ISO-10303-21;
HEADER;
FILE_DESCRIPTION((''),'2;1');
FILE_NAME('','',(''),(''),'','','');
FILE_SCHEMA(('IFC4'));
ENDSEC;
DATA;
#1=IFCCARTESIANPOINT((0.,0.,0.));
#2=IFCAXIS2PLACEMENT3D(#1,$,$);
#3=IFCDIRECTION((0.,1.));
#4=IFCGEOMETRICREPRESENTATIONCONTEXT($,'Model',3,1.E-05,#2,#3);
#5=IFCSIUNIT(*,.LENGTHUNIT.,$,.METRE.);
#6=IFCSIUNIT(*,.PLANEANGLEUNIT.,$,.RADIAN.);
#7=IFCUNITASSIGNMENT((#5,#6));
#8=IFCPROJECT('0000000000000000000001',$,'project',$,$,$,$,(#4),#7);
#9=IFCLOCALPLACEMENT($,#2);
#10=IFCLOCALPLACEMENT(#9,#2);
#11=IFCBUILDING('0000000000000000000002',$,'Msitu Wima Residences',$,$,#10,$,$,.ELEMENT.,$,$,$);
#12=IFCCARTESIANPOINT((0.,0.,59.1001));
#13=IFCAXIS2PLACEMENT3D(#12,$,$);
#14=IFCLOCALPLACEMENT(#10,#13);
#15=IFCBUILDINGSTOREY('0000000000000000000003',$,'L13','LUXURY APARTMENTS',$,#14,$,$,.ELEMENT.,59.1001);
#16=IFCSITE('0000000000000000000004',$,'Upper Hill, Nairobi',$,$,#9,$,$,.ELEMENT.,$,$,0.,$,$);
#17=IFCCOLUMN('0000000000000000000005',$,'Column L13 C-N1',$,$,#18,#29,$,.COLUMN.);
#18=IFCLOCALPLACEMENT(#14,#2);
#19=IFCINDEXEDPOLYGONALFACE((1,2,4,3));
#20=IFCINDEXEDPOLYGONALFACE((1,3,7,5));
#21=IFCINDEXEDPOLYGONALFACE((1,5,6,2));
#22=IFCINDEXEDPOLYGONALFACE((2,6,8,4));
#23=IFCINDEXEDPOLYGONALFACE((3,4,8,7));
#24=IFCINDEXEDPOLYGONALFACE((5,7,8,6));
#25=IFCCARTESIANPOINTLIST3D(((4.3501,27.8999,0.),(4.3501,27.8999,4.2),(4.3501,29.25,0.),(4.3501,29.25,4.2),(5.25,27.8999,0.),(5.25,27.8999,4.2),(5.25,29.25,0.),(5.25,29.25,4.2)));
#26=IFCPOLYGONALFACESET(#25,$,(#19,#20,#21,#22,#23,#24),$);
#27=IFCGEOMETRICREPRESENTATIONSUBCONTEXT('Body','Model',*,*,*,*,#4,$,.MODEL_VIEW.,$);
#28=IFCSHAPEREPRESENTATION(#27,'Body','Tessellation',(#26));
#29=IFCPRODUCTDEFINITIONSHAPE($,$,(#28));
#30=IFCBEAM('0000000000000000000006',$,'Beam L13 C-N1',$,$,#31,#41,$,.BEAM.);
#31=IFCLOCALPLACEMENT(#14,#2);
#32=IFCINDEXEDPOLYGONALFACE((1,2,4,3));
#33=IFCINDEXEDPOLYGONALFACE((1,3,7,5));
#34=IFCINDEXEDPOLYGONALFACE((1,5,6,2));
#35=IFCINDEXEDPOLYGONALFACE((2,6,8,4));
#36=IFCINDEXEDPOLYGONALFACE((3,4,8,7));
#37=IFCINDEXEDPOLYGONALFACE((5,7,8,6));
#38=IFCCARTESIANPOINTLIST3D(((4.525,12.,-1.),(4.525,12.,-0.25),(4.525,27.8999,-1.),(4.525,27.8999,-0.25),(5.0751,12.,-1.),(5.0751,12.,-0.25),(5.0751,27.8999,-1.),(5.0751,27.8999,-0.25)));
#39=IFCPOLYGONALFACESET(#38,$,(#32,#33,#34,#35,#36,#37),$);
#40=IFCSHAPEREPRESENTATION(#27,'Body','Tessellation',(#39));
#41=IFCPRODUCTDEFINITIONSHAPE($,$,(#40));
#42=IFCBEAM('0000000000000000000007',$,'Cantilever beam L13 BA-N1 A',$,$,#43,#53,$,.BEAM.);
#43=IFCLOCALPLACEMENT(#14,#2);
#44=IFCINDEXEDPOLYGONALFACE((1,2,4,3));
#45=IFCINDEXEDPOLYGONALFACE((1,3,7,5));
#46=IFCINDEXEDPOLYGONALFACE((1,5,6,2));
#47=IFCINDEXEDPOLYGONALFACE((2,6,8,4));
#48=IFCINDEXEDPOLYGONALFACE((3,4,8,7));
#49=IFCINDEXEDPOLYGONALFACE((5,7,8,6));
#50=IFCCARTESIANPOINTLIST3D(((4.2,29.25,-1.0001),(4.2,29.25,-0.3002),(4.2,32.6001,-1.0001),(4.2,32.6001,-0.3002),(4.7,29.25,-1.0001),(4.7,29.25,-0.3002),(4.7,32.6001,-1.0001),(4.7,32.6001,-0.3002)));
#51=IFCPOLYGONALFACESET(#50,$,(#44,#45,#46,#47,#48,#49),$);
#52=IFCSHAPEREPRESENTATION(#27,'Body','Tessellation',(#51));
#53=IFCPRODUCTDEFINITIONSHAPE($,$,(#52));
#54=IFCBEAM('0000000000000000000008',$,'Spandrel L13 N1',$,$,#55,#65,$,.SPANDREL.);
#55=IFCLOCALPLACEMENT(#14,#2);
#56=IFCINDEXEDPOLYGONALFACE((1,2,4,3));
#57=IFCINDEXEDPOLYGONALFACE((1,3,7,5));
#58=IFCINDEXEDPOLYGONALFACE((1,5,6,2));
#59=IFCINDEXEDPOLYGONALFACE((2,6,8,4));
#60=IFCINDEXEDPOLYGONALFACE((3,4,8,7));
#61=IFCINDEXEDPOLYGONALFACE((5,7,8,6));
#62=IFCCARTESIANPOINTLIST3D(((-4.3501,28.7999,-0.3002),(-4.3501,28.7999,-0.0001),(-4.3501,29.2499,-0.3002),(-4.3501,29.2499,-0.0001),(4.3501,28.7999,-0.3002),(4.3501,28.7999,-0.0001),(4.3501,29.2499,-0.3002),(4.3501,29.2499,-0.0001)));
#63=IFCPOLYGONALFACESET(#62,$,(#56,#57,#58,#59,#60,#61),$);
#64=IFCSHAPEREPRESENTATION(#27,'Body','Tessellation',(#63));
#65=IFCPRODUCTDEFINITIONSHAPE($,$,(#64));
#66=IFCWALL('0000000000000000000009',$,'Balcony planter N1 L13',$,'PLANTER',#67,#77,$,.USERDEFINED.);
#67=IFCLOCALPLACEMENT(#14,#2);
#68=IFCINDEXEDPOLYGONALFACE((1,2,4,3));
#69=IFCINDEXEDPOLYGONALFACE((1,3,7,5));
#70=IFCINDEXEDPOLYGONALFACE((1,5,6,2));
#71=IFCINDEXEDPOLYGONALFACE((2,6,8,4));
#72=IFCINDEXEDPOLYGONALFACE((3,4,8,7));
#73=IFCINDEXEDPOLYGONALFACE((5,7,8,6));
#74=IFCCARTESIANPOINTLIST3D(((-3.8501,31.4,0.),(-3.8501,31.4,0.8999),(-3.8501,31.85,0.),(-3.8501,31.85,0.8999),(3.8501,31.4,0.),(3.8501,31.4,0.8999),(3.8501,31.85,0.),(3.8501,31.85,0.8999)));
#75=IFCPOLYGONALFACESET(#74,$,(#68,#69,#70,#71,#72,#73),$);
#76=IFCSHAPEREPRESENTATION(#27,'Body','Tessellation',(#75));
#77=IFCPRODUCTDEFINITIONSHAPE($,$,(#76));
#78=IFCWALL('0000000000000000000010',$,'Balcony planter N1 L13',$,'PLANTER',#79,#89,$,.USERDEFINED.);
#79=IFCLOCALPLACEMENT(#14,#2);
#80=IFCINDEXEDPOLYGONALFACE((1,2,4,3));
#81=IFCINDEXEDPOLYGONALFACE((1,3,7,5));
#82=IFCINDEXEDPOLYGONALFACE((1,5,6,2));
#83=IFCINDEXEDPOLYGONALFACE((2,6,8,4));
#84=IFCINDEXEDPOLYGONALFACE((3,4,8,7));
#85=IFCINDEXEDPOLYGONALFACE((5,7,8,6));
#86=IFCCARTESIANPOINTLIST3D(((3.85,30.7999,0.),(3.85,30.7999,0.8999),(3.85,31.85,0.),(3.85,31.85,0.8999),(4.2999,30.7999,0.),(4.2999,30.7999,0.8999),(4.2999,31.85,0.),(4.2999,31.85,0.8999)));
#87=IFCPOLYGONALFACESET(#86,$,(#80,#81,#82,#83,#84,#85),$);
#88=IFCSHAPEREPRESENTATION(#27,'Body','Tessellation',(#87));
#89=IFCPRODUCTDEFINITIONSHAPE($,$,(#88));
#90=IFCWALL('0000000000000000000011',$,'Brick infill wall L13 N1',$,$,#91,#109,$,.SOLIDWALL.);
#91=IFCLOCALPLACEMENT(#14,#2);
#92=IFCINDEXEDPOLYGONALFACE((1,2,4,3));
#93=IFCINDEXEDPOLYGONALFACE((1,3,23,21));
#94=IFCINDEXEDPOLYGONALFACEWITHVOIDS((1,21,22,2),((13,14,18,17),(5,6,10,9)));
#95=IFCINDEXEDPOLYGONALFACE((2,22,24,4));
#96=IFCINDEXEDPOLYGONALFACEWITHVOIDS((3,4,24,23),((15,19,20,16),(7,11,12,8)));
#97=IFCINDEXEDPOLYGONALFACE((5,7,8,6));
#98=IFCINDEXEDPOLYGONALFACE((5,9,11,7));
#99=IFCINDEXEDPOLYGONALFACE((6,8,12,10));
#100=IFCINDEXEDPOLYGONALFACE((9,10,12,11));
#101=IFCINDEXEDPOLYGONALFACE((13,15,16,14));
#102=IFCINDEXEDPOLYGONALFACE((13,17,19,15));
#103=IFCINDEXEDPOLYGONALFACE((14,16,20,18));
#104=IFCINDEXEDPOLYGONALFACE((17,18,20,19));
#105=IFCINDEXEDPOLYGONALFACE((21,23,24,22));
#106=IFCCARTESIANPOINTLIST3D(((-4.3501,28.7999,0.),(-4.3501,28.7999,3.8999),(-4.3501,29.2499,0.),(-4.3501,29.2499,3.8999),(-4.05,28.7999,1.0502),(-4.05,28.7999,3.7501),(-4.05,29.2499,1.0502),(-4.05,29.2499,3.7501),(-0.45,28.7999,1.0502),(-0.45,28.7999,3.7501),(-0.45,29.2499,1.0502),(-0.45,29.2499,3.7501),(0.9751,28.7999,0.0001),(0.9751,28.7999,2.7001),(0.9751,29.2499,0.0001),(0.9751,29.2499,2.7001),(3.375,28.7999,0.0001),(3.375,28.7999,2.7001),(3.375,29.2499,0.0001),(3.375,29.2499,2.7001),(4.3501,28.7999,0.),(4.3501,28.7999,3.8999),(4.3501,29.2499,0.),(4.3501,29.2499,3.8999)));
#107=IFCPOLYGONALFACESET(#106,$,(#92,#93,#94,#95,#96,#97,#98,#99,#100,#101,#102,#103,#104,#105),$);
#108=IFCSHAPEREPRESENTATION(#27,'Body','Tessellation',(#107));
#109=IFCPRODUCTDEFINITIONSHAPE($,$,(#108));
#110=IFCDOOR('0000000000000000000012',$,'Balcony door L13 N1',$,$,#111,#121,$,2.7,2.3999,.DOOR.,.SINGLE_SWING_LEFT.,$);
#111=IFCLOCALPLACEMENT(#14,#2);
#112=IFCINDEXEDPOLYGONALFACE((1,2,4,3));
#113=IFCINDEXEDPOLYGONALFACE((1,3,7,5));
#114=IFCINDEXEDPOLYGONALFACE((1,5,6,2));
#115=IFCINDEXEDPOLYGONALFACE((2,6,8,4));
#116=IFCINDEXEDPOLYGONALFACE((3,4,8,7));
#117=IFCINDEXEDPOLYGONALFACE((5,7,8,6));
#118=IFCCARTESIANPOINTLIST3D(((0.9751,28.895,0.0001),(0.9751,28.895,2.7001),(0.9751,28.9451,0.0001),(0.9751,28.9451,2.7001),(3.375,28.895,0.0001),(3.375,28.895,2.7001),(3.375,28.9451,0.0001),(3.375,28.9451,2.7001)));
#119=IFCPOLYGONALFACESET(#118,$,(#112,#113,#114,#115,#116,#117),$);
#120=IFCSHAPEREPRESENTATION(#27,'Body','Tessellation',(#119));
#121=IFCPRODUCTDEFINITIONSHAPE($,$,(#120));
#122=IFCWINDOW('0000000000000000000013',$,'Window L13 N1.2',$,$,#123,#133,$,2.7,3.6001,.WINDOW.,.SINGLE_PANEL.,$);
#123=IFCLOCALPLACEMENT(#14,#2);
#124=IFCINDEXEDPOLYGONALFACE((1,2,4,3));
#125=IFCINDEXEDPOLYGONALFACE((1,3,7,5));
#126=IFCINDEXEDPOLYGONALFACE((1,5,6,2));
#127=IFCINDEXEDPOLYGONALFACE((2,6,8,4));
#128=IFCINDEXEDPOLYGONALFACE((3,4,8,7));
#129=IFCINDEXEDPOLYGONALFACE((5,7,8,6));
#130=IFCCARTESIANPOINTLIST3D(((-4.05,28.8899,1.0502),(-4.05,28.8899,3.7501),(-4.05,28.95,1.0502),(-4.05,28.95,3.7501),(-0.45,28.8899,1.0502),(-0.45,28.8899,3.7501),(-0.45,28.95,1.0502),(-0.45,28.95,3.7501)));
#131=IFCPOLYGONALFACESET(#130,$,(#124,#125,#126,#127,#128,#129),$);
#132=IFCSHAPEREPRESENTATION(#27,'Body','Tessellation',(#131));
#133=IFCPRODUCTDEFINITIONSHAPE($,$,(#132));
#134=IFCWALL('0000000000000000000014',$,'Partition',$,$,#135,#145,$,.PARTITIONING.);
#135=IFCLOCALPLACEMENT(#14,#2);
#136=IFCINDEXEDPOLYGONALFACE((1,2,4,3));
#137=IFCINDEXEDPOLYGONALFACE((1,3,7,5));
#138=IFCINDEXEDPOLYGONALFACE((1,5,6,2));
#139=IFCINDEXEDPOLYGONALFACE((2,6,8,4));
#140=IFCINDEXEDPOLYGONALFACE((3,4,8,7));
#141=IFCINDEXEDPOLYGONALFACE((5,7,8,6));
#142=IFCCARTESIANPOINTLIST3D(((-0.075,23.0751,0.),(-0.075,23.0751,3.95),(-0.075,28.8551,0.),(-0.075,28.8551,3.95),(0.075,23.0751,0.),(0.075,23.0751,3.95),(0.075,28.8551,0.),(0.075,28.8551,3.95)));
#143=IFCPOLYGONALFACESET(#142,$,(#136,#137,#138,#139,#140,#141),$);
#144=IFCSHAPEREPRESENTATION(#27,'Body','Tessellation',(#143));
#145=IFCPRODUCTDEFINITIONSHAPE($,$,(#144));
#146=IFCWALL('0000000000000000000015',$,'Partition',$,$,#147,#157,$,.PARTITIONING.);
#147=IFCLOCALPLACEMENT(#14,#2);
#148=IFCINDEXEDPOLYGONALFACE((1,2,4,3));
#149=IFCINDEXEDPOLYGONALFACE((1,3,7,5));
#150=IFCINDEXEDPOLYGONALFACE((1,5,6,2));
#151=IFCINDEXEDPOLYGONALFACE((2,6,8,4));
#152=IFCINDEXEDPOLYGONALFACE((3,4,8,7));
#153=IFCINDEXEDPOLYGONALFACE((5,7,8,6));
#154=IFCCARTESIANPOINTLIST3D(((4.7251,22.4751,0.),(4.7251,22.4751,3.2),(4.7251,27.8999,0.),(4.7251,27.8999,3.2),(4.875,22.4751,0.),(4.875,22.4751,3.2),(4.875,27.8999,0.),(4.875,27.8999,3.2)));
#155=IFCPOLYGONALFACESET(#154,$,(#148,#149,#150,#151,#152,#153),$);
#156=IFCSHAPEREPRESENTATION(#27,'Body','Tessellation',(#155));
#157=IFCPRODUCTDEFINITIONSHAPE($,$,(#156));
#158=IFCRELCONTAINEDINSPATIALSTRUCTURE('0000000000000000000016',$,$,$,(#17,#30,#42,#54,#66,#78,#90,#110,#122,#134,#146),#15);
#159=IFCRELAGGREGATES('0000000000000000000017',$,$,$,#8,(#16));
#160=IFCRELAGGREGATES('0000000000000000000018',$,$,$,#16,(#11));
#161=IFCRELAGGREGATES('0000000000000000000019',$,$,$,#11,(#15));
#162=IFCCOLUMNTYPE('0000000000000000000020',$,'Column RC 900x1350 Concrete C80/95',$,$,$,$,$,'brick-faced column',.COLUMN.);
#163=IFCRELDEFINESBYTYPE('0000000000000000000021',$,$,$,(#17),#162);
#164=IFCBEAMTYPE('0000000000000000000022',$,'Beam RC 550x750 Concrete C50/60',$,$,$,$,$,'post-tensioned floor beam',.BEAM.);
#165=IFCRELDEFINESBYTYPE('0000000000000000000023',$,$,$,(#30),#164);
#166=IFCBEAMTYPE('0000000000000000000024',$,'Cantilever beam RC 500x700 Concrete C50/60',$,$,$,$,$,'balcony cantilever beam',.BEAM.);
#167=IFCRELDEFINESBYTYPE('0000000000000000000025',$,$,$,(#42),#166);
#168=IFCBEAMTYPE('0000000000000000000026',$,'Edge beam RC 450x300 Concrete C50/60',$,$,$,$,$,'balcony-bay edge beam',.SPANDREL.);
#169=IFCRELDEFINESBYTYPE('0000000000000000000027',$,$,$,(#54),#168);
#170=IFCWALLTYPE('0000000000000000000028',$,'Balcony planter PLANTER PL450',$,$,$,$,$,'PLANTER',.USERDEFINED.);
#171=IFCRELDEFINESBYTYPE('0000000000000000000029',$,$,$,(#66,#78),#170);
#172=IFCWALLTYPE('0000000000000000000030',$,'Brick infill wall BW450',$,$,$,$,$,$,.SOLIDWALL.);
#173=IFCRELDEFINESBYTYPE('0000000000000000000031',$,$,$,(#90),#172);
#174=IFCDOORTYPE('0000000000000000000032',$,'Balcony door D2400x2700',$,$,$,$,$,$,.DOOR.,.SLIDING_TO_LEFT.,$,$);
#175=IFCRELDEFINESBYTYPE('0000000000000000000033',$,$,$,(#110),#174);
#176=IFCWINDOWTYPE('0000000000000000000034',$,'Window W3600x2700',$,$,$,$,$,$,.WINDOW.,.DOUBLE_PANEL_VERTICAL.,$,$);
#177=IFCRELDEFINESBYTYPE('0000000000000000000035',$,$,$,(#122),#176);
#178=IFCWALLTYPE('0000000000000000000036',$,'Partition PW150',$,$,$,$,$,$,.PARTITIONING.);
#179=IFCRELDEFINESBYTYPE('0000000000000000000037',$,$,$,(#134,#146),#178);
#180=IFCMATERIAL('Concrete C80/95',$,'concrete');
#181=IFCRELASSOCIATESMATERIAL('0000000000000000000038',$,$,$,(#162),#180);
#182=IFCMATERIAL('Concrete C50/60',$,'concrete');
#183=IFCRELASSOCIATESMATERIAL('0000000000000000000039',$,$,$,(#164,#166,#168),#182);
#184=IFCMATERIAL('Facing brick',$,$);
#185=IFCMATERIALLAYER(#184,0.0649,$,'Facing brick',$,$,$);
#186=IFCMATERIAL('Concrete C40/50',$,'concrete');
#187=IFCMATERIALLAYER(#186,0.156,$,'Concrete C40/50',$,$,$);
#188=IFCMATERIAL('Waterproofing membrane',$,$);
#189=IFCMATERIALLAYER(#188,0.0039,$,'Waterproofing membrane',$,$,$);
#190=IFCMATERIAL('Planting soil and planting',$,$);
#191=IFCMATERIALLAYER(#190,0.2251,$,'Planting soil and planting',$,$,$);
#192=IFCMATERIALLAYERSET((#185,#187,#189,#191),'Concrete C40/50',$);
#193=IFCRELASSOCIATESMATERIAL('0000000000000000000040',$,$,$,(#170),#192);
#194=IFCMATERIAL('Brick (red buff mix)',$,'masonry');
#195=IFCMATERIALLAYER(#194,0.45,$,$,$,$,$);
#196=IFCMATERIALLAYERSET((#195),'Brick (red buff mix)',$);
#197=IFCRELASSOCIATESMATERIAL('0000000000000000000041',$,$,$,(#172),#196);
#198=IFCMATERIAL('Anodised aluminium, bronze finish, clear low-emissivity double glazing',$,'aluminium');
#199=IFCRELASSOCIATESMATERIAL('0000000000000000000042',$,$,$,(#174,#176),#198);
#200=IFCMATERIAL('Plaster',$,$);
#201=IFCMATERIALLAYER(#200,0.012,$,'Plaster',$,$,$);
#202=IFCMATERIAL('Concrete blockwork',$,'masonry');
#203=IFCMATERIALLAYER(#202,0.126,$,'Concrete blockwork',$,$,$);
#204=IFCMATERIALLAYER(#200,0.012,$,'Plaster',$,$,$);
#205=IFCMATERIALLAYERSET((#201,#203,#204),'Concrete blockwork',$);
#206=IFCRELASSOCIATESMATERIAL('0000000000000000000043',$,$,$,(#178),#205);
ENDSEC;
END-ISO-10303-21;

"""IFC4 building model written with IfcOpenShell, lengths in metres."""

from ifc_helpers import new_model, si_unit, direction, frame, frame_2d, origin, origin_2d, place, context, subcontext, project, spatial, rectangle, extrude, material, layer, layer_set, material_profile, profile_set, type_object, element, fill, save


model = new_model("IFC4")

# Units and contexts
model_context = context("Model", 3, precision=1e-05, world=origin(), true_north=direction((0.0, 1.0)))
body_context = subcontext(model_context, "Body", "Model", "MODEL_VIEW")
ifc_project = project(units=[si_unit("LENGTHUNIT", "METRE"), si_unit("PLANEANGLEUNIT", "RADIAN")], contexts=[model_context])

# Site, building, storey
site_placement = place(None, origin())
site = spatial("IfcSite", under=ifc_project, at=site_placement, Name="Upper Hill, Nairobi", CompositionType="ELEMENT", RefElevation=0.0)
building_placement = place(site_placement, origin())
building = spatial("IfcBuilding", under=site, at=building_placement, Name="Msitu Wima Residences", CompositionType="ELEMENT")
storey_placement = place(building_placement, frame((0.0, 0.0, 59.1001)))
storey = spatial("IfcBuildingStorey", under=building, at=storey_placement, Name="L13", Description="LUXURY APARTMENTS", CompositionType="ELEMENT", Elevation=59.1001)

# Column
ifc_material_1 = material(Name="Concrete C80/95", Category="concrete")
ifc_material_profile_1 = material_profile(ifc_material_1, rectangle(XDim=0.8999, YDim=1.3501, at=origin_2d()), Name="RC 900x1350")
ifc_profile_set_1 = profile_set([ifc_material_profile_1], Name="Concrete C80/95")
column_type = type_object("IfcColumnType", Name="Column RC 900x1350 Concrete C80/95", ElementType="brick-faced column", PredefinedType="COLUMN", material=ifc_profile_set_1)
column_placement = place(storey_placement, frame((4.8, 28.575, 0.0), z_axis=(0.0, 0.0, 1.0), x_axis=(-1.0, 0.0, 0.0)))
element("IfcColumn", 1, at=column_placement, inside=storey, type_object=column_type, Name="Column L13 C-N1", PredefinedType="COLUMN", context=body_context, shape_type="SweptSolid", body=[
    extrude(rectangle(XDim=0.8999, YDim=1.3501, at=origin_2d()), origin(), (0.0, 0.0, 1.0), 4.2),
])

# Beams
ifc_material_2 = material(Name="Concrete C50/60", Category="concrete")
ifc_material_profile_2 = material_profile(ifc_material_2, rectangle(XDim=0.55, YDim=0.75, at=origin_2d()), Name="RC 550x750")
ifc_profile_set_2 = profile_set([ifc_material_profile_2], Name="Concrete C50/60")
beam_type_1 = type_object("IfcBeamType", Name="Beam RC 550x750 Concrete C50/60", ElementType="post-tensioned floor beam", PredefinedType="BEAM", material=ifc_profile_set_2)
beam_1_placement = place(storey_placement, frame((4.8, 27.8999, -0.625), z_axis=(0.0, -1.0, 0.0), x_axis=(1.0, 0.0, 0.0)))
element("IfcBeam", 2, at=beam_1_placement, inside=storey, type_object=beam_type_1, Name="Beam L13 C-N1", PredefinedType="BEAM", context=body_context, shape_type="SweptSolid", body=[
    extrude(rectangle(XDim=0.55, YDim=0.75, at=origin_2d()), origin(), (0.0, 0.0, 1.0), 15.8999),
])
ifc_material_profile_3 = material_profile(ifc_material_2, rectangle(XDim=0.5, YDim=0.7, at=origin_2d()), Name="RC 500x700")
ifc_profile_set_3 = profile_set([ifc_material_profile_3], Name="Concrete C50/60")
beam_type_2 = type_object("IfcBeamType", Name="Cantilever beam RC 500x700 Concrete C50/60", ElementType="balcony cantilever beam", PredefinedType="BEAM", material=ifc_profile_set_3)
beam_2_placement = place(storey_placement, frame((4.45, 29.25, -0.6501), z_axis=(0.0, 1.0, 0.0), x_axis=(-1.0, 0.0, 0.0)))
element("IfcBeam", 3, at=beam_2_placement, inside=storey, type_object=beam_type_2, Name="Cantilever beam L13 BA-N1 A", PredefinedType="BEAM", context=body_context, shape_type="SweptSolid", body=[
    extrude(rectangle(XDim=0.5, YDim=0.7, at=origin_2d()), origin(), (0.0, 0.0, 1.0), 3.3501),
])
ifc_material_profile_4 = material_profile(ifc_material_2, rectangle(XDim=0.45, YDim=0.3, at=origin_2d()), Name="RC 450x300")
ifc_profile_set_4 = profile_set([ifc_material_profile_4], Name="Concrete C50/60")
beam_type_3 = type_object("IfcBeamType", Name="Edge beam RC 450x300 Concrete C50/60", ElementType="balcony-bay edge beam", PredefinedType="SPANDREL", material=ifc_profile_set_4)
beam_3_placement = place(storey_placement, frame((4.3501, 29.0249, -0.1501), z_axis=(-1.0, 0.0, 0.0), x_axis=(0.0, -1.0, 0.0)))
element("IfcBeam", 4, at=beam_3_placement, inside=storey, type_object=beam_type_3, Name="Spandrel L13 N1", PredefinedType="SPANDREL", context=body_context, shape_type="SweptSolid", body=[
    extrude(rectangle(XDim=0.45, YDim=0.3, at=origin_2d()), origin(), (0.0, 0.0, 1.0), 8.7002),
])

# Walls
ifc_material_3 = material(Name="Facing brick")
ifc_layer_1 = layer(ifc_material_3, 0.0649, Name="Facing brick")
ifc_material_4 = material(Name="Concrete C40/50", Category="concrete")
ifc_layer_2 = layer(ifc_material_4, 0.156, Name="Concrete C40/50")
ifc_material_5 = material(Name="Waterproofing membrane")
ifc_layer_3 = layer(ifc_material_5, 0.0039, Name="Waterproofing membrane")
ifc_material_6 = material(Name="Planting soil and planting")
ifc_layer_4 = layer(ifc_material_6, 0.2251, Name="Planting soil and planting")
ifc_layer_set_1 = layer_set([ifc_layer_1, ifc_layer_2, ifc_layer_3, ifc_layer_4], Name="Concrete C40/50")
wall_type_1 = type_object("IfcWallType", Name="Balcony planter PLANTER PL450", ElementType="PLANTER", PredefinedType="USERDEFINED", material=ifc_layer_set_1)
wall_1_placement = place(storey_placement, frame((3.8501, 31.625, 0.0), z_axis=(0.0, 0.0, 1.0), x_axis=(-1.0, 0.0, 0.0)))
element("IfcWall", 5, at=wall_1_placement, inside=storey, type_object=wall_type_1, Name="Balcony planter N1 L13", ObjectType="PLANTER", PredefinedType="USERDEFINED", context=body_context, shape_type="SweptSolid", body=[
    extrude(rectangle(XDim=7.7002, YDim=0.45, at=frame_2d((3.8501, 0.0))), origin(), (0.0, 0.0, 1.0), 0.8999),
])
wall_2_placement = place(storey_placement, frame((4.075, 30.8, 0.0), z_axis=(0.0, 0.0, 1.0), x_axis=(0.0, 1.0, 0.0)))
element("IfcWall", 6, at=wall_2_placement, inside=storey, type_object=wall_type_1, Name="Balcony planter N1 L13", ObjectType="PLANTER", PredefinedType="USERDEFINED", context=body_context, shape_type="SweptSolid", body=[
    extrude(rectangle(XDim=1.05, YDim=0.45, at=frame_2d((0.5249, 0.0))), origin(), (0.0, 0.0, 1.0), 0.8999),
])

# Wall, openings, door, window
ifc_material_7 = material(Name="Brick (red buff mix)", Category="masonry")
ifc_layer_5 = layer(ifc_material_7, 0.45)
ifc_layer_set_2 = layer_set([ifc_layer_5], Name="Brick (red buff mix)")
wall_type_2 = type_object("IfcWallType", Name="Brick infill wall BW450", PredefinedType="SOLIDWALL", material=ifc_layer_set_2)
wall_3_placement = place(storey_placement, frame((4.3501, 29.0249, 0.0), z_axis=(0.0, 0.0, 1.0), x_axis=(-1.0, 0.0, 0.0)))
wall_3 = element("IfcWall", 7, at=wall_3_placement, inside=storey, type_object=wall_type_2, Name="Brick infill wall L13 N1", PredefinedType="SOLIDWALL", context=body_context, shape_type="SweptSolid", body=[
    extrude(rectangle(XDim=8.7002, YDim=0.45, at=frame_2d((4.3501, 0.0))), origin(), (0.0, 0.0, 1.0), 3.8999),
])
opening_1_placement = place(wall_3_placement, frame((0.9751, 0.0, 0.0)))
opening_1 = element("IfcOpeningElement", 8, at=opening_1_placement, cuts=wall_3, PredefinedType="OPENING", context=body_context, shape_type="SweptSolid", body=[
    extrude(rectangle(XDim=2.3999, YDim=2.7, at=frame_2d((1.2, 1.3501))), frame((0.0, 0.2349, 0.0), z_axis=(0.0, -1.0, 0.0), x_axis=(1.0, 0.0, 0.0)), (0.0, 0.0, 1.0), 0.47),
])
opening_2_placement = place(wall_3_placement, frame((4.8, 0.0, 1.05)))
opening_2 = element("IfcOpeningElement", 9, at=opening_2_placement, cuts=wall_3, PredefinedType="OPENING", context=body_context, shape_type="SweptSolid", body=[
    extrude(rectangle(XDim=3.6001, YDim=2.7, at=frame_2d((1.8, 1.3501))), frame((0.0, 0.2349, 0.0), z_axis=(0.0, -1.0, 0.0), x_axis=(1.0, 0.0, 0.0)), (0.0, 0.0, 1.0), 0.47),
])
ifc_material_8 = material(Name="Anodised aluminium, bronze finish, clear low-emissivity double glazing", Category="aluminium")
door_type_1 = type_object("IfcDoorType", Name="Balcony door D2400x2700", OperationType="SLIDING_TO_LEFT", PredefinedType="DOOR", material=ifc_material_8)
door_1_placement = place(opening_1_placement, origin())
door_1 = element("IfcDoor", 10, at=door_1_placement, inside=storey, type_object=door_type_1, Name="Balcony door L13 N1", OperationType="SINGLE_SWING_LEFT", OverallHeight=2.7, OverallWidth=2.3999, PredefinedType="DOOR", context=body_context, shape_type="SweptSolid", body=[
    extrude(rectangle(XDim=2.3999, YDim=2.7, at=frame_2d((1.2, 1.3501))), frame((0.0, 0.1299, 0.0), z_axis=(0.0, -1.0, 0.0), x_axis=(1.0, 0.0, 0.0)), (0.0, 0.0, 1.0), 0.05),
])
fill(opening_1, door_1)
window_type = type_object("IfcWindowType", Name="Window W3600x2700", PartitioningType="DOUBLE_PANEL_VERTICAL", PredefinedType="WINDOW", material=ifc_material_8)
window_placement = place(opening_2_placement, origin())
window = element("IfcWindow", 11, at=window_placement, inside=storey, type_object=window_type, Name="Window L13 N1.2", OverallHeight=2.7, OverallWidth=3.6001, PartitioningType="SINGLE_PANEL", PredefinedType="WINDOW", context=body_context, shape_type="SweptSolid", body=[
    extrude(rectangle(XDim=3.6001, YDim=2.7, at=frame_2d((1.8, 1.3501))), frame((0.0, 0.135, 0.0), z_axis=(0.0, -1.0, 0.0), x_axis=(1.0, 0.0, 0.0)), (0.0, 0.0, 1.0), 0.0601),
])
fill(opening_2, window)

# Walls
ifc_material_9 = material(Name="Plaster")
ifc_layer_6 = layer(ifc_material_9, 0.012, Name="Plaster")
ifc_material_10 = material(Name="Concrete blockwork", Category="masonry")
ifc_layer_7 = layer(ifc_material_10, 0.126, Name="Concrete blockwork")
ifc_layer_8 = layer(ifc_material_9, 0.012, Name="Plaster")
ifc_layer_set_3 = layer_set([ifc_layer_6, ifc_layer_7, ifc_layer_8], Name="Concrete blockwork")
wall_type_3 = type_object("IfcWallType", Name="Partition PW150", PredefinedType="PARTITIONING", material=ifc_layer_set_3)
wall_4_placement = place(storey_placement, frame((0.0, 23.075, 0.0), z_axis=(0.0, 0.0, 1.0), x_axis=(0.0, 1.0, 0.0)))
element("IfcWall", 12, at=wall_4_placement, inside=storey, type_object=wall_type_3, Name="Partition", PredefinedType="PARTITIONING", context=body_context, shape_type="SweptSolid", body=[
    extrude(rectangle(XDim=5.78, YDim=0.1499, at=frame_2d((2.8901, 0.0))), origin(), (0.0, 0.0, 1.0), 3.95),
])
wall_5_placement = place(storey_placement, frame((4.8, 22.4751, 0.0), z_axis=(0.0, 0.0, 1.0), x_axis=(0.0, 1.0, 0.0)))
element("IfcWall", 13, at=wall_5_placement, inside=storey, type_object=wall_type_3, Name="Partition", PredefinedType="PARTITIONING", context=body_context, shape_type="SweptSolid", body=[
    extrude(rectangle(XDim=5.4248, YDim=0.1499, at=frame_2d((2.7124, 0.0))), origin(), (0.0, 0.0, 1.0), 3.2),
])

save(model, "model.ifc")
